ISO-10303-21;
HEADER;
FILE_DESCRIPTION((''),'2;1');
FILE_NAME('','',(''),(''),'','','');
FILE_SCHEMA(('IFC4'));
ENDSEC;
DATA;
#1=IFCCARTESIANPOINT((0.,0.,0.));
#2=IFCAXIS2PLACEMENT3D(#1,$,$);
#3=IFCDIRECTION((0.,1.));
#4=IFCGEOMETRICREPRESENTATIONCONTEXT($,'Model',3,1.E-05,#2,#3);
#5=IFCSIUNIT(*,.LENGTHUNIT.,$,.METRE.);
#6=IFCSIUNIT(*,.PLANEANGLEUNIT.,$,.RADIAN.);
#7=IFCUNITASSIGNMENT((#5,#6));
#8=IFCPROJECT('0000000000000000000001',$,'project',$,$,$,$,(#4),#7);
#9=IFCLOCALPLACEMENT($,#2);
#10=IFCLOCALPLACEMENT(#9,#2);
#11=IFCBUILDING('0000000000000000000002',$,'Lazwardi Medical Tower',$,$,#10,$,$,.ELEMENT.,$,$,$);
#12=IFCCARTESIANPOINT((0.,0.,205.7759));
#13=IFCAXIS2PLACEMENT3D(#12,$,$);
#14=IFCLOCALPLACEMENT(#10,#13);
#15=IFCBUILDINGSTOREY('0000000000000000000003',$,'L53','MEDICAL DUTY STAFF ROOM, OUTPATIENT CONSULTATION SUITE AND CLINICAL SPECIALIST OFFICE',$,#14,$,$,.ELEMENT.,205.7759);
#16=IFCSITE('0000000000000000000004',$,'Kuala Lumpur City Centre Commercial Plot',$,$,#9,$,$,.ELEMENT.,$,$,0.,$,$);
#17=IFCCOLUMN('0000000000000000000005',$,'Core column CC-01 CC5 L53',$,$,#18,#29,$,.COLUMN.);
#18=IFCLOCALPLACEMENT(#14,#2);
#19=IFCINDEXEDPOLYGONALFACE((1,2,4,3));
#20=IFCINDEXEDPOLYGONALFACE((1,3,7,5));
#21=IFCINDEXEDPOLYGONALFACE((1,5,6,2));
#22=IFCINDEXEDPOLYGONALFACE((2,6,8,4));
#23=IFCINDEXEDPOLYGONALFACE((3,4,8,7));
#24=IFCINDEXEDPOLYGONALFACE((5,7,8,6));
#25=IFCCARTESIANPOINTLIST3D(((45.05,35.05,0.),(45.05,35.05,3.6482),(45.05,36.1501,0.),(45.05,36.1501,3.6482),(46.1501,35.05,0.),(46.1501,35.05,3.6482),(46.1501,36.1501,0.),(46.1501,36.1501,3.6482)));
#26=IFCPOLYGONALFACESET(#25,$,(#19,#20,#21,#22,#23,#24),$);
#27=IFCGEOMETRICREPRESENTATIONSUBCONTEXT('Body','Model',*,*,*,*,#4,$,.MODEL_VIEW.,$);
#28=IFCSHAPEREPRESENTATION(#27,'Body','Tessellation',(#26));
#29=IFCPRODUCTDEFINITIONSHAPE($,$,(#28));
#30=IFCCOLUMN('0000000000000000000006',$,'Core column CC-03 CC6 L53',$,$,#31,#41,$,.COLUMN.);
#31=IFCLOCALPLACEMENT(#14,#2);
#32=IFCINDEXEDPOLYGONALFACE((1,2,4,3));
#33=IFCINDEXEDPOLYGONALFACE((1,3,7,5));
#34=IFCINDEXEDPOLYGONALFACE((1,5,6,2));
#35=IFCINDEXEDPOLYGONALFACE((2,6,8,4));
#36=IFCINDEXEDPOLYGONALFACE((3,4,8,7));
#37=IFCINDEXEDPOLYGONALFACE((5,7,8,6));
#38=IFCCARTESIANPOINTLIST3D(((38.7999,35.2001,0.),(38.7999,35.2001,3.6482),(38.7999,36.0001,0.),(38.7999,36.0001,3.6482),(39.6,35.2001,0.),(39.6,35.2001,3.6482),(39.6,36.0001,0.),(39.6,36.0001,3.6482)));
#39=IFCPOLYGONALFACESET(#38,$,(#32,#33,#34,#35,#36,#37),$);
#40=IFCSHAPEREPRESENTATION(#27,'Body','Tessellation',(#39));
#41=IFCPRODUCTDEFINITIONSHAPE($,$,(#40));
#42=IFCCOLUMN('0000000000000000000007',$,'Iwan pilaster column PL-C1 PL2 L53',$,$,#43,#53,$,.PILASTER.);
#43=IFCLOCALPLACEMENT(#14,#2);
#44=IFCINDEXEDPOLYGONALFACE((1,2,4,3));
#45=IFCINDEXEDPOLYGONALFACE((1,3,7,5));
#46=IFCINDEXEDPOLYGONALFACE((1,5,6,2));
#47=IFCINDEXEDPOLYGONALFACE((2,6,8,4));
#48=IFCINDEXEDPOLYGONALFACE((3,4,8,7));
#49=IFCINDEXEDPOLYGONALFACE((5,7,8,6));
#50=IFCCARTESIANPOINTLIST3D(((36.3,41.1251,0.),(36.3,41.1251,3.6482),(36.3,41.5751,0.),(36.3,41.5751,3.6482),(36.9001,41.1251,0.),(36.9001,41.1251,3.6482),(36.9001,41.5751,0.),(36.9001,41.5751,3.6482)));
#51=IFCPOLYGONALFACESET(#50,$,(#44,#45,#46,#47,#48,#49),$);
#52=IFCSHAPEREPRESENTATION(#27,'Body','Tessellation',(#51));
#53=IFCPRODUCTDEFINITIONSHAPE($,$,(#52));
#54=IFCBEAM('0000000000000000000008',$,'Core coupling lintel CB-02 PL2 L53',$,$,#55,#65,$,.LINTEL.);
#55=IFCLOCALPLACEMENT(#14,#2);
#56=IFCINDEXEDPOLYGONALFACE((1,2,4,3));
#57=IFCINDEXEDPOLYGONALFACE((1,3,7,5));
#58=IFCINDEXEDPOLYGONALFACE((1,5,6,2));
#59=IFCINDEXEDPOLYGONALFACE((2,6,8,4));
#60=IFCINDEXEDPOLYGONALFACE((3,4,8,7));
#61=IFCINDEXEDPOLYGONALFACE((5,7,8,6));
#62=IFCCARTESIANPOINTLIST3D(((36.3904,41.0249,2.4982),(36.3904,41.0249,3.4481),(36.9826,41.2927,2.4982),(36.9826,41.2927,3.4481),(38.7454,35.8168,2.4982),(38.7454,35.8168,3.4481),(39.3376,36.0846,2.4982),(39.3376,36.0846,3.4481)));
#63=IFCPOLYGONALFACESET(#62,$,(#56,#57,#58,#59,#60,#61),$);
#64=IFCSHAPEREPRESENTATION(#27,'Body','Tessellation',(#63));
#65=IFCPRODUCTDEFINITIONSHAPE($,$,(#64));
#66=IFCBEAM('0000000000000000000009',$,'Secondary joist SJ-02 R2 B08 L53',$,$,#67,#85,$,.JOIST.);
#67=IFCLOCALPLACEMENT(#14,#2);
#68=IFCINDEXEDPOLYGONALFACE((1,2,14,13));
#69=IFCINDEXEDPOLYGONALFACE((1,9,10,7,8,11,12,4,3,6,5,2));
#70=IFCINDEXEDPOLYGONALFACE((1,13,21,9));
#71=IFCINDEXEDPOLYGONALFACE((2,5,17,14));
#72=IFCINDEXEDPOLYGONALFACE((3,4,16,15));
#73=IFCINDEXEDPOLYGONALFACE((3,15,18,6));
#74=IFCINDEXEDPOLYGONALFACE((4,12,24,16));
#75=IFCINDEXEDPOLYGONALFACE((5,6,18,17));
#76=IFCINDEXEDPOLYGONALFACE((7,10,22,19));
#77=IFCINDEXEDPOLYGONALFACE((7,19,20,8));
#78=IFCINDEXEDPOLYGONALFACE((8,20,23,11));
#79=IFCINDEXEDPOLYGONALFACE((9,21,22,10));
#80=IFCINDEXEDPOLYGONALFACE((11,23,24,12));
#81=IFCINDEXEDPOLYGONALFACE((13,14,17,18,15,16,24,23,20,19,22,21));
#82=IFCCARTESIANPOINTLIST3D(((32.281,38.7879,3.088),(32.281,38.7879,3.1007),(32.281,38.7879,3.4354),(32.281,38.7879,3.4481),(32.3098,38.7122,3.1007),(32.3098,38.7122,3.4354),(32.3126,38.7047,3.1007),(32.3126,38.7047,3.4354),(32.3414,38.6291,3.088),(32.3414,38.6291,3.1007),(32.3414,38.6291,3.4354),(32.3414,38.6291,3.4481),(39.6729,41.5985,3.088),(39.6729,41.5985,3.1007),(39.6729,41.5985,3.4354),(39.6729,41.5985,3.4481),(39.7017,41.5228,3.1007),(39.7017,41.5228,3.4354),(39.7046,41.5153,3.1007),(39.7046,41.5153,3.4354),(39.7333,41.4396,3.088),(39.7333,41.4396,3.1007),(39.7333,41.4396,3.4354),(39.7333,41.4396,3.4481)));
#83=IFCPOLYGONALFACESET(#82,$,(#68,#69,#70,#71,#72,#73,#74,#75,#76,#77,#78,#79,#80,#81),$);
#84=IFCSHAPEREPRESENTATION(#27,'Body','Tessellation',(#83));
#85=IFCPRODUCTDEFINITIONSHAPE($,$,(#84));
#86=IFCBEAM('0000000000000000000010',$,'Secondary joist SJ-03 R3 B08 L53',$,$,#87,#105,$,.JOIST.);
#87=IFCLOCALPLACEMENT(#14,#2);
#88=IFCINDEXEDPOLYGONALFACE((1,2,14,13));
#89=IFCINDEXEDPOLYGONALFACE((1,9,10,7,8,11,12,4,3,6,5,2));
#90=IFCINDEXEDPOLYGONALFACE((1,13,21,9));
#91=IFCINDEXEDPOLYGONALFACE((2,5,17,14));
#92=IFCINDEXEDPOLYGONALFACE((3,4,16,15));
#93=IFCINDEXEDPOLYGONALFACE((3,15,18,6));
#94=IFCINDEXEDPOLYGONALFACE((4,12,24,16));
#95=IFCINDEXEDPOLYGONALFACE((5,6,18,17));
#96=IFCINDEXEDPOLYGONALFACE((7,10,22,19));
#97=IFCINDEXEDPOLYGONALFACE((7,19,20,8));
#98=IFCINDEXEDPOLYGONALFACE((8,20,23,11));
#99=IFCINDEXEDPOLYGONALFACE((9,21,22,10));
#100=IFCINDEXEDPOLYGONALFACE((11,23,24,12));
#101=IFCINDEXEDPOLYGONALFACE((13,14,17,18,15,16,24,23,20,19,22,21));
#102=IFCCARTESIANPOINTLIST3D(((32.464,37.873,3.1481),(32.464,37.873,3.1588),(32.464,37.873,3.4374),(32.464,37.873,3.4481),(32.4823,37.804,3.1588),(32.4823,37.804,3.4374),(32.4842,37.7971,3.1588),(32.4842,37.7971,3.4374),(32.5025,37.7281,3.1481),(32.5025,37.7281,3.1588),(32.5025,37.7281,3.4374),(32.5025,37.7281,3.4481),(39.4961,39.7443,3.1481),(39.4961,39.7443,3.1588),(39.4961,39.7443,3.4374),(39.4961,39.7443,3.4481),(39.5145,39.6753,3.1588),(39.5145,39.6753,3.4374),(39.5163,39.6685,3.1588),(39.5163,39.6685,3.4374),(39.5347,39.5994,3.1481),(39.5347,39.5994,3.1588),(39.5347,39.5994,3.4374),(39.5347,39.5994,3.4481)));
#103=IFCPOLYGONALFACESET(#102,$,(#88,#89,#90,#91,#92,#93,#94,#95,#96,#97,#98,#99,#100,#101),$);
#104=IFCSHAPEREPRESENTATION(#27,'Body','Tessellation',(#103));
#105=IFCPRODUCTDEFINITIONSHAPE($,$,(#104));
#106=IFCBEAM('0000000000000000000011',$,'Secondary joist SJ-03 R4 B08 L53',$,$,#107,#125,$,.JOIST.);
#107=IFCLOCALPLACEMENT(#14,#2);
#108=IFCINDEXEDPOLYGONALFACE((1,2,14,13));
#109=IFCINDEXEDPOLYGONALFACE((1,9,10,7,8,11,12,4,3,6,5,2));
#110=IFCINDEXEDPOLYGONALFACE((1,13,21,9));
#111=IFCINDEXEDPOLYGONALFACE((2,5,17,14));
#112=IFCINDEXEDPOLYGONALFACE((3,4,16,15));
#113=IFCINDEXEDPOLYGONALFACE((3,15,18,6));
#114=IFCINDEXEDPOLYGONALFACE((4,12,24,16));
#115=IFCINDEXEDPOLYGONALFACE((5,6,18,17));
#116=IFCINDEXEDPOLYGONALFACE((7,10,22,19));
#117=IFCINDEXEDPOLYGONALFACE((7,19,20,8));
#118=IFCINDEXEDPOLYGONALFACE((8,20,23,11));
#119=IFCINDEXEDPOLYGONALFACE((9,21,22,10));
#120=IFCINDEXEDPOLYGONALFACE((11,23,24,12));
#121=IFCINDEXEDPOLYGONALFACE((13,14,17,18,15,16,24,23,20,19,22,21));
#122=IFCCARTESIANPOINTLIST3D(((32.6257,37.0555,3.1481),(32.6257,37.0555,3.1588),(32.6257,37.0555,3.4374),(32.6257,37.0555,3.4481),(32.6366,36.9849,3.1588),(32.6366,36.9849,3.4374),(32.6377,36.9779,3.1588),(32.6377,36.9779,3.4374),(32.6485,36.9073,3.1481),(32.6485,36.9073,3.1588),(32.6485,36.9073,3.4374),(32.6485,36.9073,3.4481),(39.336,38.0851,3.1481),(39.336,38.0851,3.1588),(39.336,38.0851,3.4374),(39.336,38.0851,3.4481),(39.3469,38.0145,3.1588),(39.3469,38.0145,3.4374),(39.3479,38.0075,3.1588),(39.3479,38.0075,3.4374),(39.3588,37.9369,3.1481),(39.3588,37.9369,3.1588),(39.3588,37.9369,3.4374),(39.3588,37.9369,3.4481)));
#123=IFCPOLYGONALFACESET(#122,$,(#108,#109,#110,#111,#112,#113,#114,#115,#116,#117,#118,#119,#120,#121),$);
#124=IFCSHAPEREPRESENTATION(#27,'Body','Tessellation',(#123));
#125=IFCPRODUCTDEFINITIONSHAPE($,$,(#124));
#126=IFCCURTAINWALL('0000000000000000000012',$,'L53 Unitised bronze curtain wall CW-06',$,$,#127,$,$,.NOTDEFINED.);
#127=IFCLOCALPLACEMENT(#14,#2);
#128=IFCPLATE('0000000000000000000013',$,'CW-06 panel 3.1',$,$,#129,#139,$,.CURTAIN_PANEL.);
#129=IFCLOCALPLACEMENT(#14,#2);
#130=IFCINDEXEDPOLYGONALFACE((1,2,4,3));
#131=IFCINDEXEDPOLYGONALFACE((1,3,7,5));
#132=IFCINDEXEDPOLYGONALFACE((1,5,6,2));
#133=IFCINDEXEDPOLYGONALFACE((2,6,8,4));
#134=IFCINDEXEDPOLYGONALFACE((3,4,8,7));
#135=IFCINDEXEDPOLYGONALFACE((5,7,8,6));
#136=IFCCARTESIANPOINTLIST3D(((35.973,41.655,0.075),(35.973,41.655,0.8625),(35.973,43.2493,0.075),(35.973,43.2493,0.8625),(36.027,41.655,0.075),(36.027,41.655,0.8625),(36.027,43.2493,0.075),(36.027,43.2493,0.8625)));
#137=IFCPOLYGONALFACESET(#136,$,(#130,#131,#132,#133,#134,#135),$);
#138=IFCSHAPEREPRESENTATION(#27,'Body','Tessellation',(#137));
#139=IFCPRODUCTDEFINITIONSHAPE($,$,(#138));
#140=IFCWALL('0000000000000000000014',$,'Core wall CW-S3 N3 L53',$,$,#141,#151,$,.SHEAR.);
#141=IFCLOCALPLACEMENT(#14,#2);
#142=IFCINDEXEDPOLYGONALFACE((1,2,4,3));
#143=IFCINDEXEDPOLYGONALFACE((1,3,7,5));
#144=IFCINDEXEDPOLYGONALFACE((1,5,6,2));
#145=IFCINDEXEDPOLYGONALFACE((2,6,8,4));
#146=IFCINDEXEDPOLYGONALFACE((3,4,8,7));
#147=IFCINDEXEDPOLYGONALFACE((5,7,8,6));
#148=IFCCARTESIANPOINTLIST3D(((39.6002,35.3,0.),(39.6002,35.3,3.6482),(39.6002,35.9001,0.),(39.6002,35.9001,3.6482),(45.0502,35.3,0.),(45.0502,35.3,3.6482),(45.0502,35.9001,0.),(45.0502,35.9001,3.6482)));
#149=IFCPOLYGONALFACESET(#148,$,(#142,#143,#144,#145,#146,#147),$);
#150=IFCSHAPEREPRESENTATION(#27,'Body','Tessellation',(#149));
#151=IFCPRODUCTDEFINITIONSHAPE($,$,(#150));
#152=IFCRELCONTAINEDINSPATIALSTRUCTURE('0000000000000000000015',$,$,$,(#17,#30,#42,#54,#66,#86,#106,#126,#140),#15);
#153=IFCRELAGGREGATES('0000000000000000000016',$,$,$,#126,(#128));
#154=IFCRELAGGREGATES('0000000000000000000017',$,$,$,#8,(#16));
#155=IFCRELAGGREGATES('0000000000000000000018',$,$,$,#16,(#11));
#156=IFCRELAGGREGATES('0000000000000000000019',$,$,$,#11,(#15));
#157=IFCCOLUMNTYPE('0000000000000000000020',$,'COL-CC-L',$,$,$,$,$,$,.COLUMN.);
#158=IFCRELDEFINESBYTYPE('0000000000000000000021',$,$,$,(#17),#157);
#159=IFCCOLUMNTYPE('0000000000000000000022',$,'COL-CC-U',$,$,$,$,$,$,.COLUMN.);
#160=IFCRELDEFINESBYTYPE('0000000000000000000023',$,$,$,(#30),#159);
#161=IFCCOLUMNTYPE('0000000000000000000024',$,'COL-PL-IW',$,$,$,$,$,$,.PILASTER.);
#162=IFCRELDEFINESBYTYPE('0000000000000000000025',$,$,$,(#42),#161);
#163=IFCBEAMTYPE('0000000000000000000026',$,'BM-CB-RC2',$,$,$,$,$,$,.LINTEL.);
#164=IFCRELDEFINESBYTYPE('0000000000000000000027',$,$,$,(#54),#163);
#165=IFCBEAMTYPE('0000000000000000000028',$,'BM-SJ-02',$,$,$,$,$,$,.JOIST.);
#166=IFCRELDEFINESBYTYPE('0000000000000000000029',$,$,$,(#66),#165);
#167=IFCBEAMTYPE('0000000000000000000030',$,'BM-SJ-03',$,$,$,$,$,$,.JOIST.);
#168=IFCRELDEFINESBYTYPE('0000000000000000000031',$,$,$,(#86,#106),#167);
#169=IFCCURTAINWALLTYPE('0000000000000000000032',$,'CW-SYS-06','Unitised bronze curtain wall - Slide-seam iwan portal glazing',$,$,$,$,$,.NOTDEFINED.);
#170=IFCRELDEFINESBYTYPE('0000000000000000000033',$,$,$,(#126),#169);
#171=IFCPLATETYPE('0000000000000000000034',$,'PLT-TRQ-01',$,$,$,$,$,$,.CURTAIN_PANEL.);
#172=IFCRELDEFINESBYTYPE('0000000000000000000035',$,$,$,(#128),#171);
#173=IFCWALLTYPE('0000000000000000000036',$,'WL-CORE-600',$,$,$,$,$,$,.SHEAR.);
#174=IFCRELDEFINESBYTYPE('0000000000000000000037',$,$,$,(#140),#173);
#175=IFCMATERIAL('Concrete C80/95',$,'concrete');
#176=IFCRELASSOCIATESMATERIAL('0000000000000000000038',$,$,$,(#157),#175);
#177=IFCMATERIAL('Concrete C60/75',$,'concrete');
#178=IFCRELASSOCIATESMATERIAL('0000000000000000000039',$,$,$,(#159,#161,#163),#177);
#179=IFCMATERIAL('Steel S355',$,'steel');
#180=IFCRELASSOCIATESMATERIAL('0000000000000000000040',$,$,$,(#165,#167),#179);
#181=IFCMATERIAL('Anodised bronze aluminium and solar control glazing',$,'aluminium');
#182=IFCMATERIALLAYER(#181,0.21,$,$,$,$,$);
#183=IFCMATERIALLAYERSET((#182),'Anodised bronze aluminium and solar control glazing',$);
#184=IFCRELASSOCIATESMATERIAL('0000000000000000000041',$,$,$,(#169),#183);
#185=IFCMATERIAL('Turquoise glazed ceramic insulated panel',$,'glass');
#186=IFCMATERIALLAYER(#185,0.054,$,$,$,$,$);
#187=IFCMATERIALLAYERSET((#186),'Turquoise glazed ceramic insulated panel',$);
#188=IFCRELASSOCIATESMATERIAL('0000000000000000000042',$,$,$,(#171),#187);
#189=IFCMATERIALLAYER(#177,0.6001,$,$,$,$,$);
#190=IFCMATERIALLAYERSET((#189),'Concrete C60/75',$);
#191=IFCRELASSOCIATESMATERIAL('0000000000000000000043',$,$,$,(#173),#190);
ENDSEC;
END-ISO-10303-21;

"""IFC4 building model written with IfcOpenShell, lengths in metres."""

from ifc_helpers import new_model, si_unit, direction, frame, frame_2d, origin, origin_2d, place, context, subcontext, project, spatial, rectangle, i_section, extrude, material, layer, layer_set, material_profile, profile_set, type_object, element, aggregate, save


model = new_model("IFC4")

# Units and contexts
model_context = context("Model", 3, precision=1e-05, world=origin(), true_north=direction((0.0, 1.0)))
body_context = subcontext(model_context, "Body", "Model", "MODEL_VIEW")
ifc_project = project(units=[si_unit("LENGTHUNIT", "METRE"), si_unit("PLANEANGLEUNIT", "RADIAN")], contexts=[model_context])

# Site, building, storey
site_placement = place(None, origin())
site = spatial("IfcSite", under=ifc_project, at=site_placement, Name="Kuala Lumpur City Centre Commercial Plot", CompositionType="ELEMENT", RefElevation=0.0)
building_placement = place(site_placement, origin())
building = spatial("IfcBuilding", under=site, at=building_placement, Name="Lazwardi Medical Tower", CompositionType="ELEMENT")
storey_placement = place(building_placement, frame((0.0, 0.0, 205.7759)))
storey = spatial("IfcBuildingStorey", under=building, at=storey_placement, Name="L53", Description="MEDICAL DUTY STAFF ROOM, OUTPATIENT CONSULTATION SUITE AND CLINICAL SPECIALIST OFFICE", CompositionType="ELEMENT", Elevation=205.7759)

# Columns
ifc_material_1 = material(Name="Concrete C80/95", Category="concrete")
ifc_material_profile_1 = material_profile(ifc_material_1, rectangle(XDim=1.1001, YDim=1.1001, at=origin_2d()), Name="RC 1100x1100")
ifc_profile_set_1 = profile_set([ifc_material_profile_1], Name="Concrete C80/95")
column_type_1 = type_object("IfcColumnType", Name="COL-CC-L", PredefinedType="COLUMN", material=ifc_profile_set_1)
column_1_placement = place(storey_placement, frame((45.6001, 35.6001, 0.0), z_axis=(0.0, 0.0, 1.0), x_axis=(1.0, 0.0, 0.0)))
element("IfcColumn", 1, at=column_1_placement, inside=storey, type_object=column_type_1, Name="Core column CC-01 CC5 L53", PredefinedType="COLUMN", context=body_context, shape_type="SweptSolid", body=[
    extrude(rectangle(XDim=1.1001, YDim=1.1001, at=origin_2d()), origin(), (0.0, 0.0, 1.0), 3.6482),
])
ifc_material_2 = material(Name="Concrete C60/75", Category="concrete")
ifc_material_profile_2 = material_profile(ifc_material_2, rectangle(XDim=0.8, YDim=0.8, at=origin_2d()), Name="RC 800x800")
ifc_profile_set_2 = profile_set([ifc_material_profile_2], Name="Concrete C60/75")
column_type_2 = type_object("IfcColumnType", Name="COL-CC-U", PredefinedType="COLUMN", material=ifc_profile_set_2)
column_2_placement = place(storey_placement, frame((39.2, 35.6001, 0.0), z_axis=(0.0, 0.0, 1.0), x_axis=(1.0, 0.0, 0.0)))
element("IfcColumn", 2, at=column_2_placement, inside=storey, type_object=column_type_2, Name="Core column CC-03 CC6 L53", PredefinedType="COLUMN", context=body_context, shape_type="SweptSolid", body=[
    extrude(rectangle(XDim=0.8, YDim=0.8, at=origin_2d()), origin(), (0.0, 0.0, 1.0), 3.6482),
])
ifc_material_profile_3 = material_profile(ifc_material_2, rectangle(XDim=0.6001, YDim=0.45, at=origin_2d()), Name="RC 600x450")
ifc_profile_set_3 = profile_set([ifc_material_profile_3], Name="Concrete C60/75")
column_type_3 = type_object("IfcColumnType", Name="COL-PL-IW", PredefinedType="PILASTER", material=ifc_profile_set_3)
column_3_placement = place(storey_placement, frame((36.6001, 41.3501, 0.0), z_axis=(0.0, 0.0, 1.0), x_axis=(1.0, 0.0, 0.0)))
element("IfcColumn", 3, at=column_3_placement, inside=storey, type_object=column_type_3, Name="Iwan pilaster column PL-C1 PL2 L53", PredefinedType="PILASTER", context=body_context, shape_type="SweptSolid", body=[
    extrude(rectangle(XDim=0.6001, YDim=0.45, at=origin_2d()), origin(), (0.0, 0.0, 1.0), 3.6482),
])

# Beams
ifc_material_profile_4 = material_profile(ifc_material_2, rectangle(XDim=0.6499, YDim=0.95, at=origin_2d()), Name="RC 650x950")
ifc_profile_set_4 = profile_set([ifc_material_profile_4], Name="Concrete C60/75")
beam_type_1 = type_object("IfcBeamType", Name="BM-CB-RC2", PredefinedType="LINTEL", material=ifc_profile_set_4)
beam_1_placement = place(storey_placement, frame((39.0415, 35.9507, 2.9731), z_axis=(-0.412019, 0.911175, 0.0), x_axis=(-0.911175, -0.412019, 0.0)))
element("IfcBeam", 4, at=beam_1_placement, inside=storey, type_object=beam_type_1, Name="Core coupling lintel CB-02 PL2 L53", PredefinedType="LINTEL", context=body_context, shape_type="SweptSolid", body=[
    extrude(rectangle(XDim=0.6499, YDim=0.95, at=origin_2d()), origin(), (0.0, 0.0, 1.0), 5.7158),
])
ifc_material_3 = material(Name="Steel S355", Category="steel")
ifc_material_profile_5 = material_profile(ifc_material_3, i_section(OverallWidth=0.1699, OverallDepth=0.3601, WebThickness=0.0081, FlangeThickness=0.0127, at=origin_2d()), Name="IPE 360")
ifc_profile_set_5 = profile_set([ifc_material_profile_5], Name="Steel S355")
beam_type_2 = type_object("IfcBeamType", Name="BM-SJ-02", PredefinedType="JOIST", material=ifc_profile_set_5)
beam_2_placement = place(storey_placement, frame((39.7031, 41.519, 3.2681), z_axis=(-0.934714, -0.3554, 0.0), x_axis=(0.3554, -0.934714, 0.0)))
element("IfcBeam", 5, at=beam_2_placement, inside=storey, type_object=beam_type_2, Name="Secondary joist SJ-02 R2 B08 L53", PredefinedType="JOIST", context=body_context, shape_type="SweptSolid", body=[
    extrude(i_section(OverallWidth=0.1699, OverallDepth=0.3601, WebThickness=0.0081, FlangeThickness=0.0127, at=origin_2d()), origin(), (0.0, 0.0, 1.0), 7.9082),
])
ifc_material_profile_6 = material_profile(ifc_material_3, i_section(OverallWidth=0.1499, OverallDepth=0.3, WebThickness=0.0071, FlangeThickness=0.0107, at=origin_2d()), Name="IPE 300")
ifc_profile_set_6 = profile_set([ifc_material_profile_6], Name="Steel S355")
beam_type_3 = type_object("IfcBeamType", Name="BM-SJ-03", PredefinedType="JOIST", material=ifc_profile_set_6)
beam_3_placement = place(storey_placement, frame((39.5154, 39.6719, 3.2981), z_axis=(-0.966369, -0.257159, 0.0), x_axis=(0.257159, -0.966369, 0.0)))
element("IfcBeam", 6, at=beam_3_placement, inside=storey, type_object=beam_type_3, Name="Secondary joist SJ-03 R3 B08 L53", PredefinedType="JOIST", context=body_context, shape_type="SweptSolid", body=[
    extrude(i_section(OverallWidth=0.1499, OverallDepth=0.3, WebThickness=0.0071, FlangeThickness=0.0107, at=origin_2d()), origin(), (0.0, 0.0, 1.0), 7.2769),
])
beam_4_placement = place(storey_placement, frame((39.3474, 38.011, 3.2981), z_axis=(-0.988434, -0.151655, 0.0), x_axis=(0.151655, -0.988434, 0.0)))
element("IfcBeam", 7, at=beam_4_placement, inside=storey, type_object=beam_type_3, Name="Secondary joist SJ-03 R4 B08 L53", PredefinedType="JOIST", context=body_context, shape_type="SweptSolid", body=[
    extrude(i_section(OverallWidth=0.1499, OverallDepth=0.3, WebThickness=0.0071, FlangeThickness=0.0107, at=origin_2d()), origin(), (0.0, 0.0, 1.0), 6.7888),
])

# Curtain wall, plate
ifc_material_4 = material(Name="Anodised bronze aluminium and solar control glazing", Category="aluminium")
ifc_layer_1 = layer(ifc_material_4, 0.21)
ifc_layer_set_1 = layer_set([ifc_layer_1], Name="Anodised bronze aluminium and solar control glazing")
curtain_wall_type = type_object("IfcCurtainWallType", Name="CW-SYS-06", Description="Unitised bronze curtain wall - Slide-seam iwan portal glazing", PredefinedType="NOTDEFINED", material=ifc_layer_set_1)
curtain_wall_placement = place(storey_placement, origin())
curtain_wall = element("IfcCurtainWall", 8, at=curtain_wall_placement, inside=storey, type_object=curtain_wall_type, Name="L53 Unitised bronze curtain wall CW-06", PredefinedType="NOTDEFINED")
ifc_material_5 = material(Name="Turquoise glazed ceramic insulated panel", Category="glass")
ifc_layer_2 = layer(ifc_material_5, 0.054)
ifc_layer_set_2 = layer_set([ifc_layer_2], Name="Turquoise glazed ceramic insulated panel")
plate_type = type_object("IfcPlateType", Name="PLT-TRQ-01", PredefinedType="CURTAIN_PANEL", material=ifc_layer_set_2)
plate_placement = place(storey_placement, frame((36.0, 42.4521, 0.075), z_axis=(0.0, 0.0, 1.0), x_axis=(0.0, -1.0, 0.0)))
plate = element("IfcPlate", 9, at=plate_placement, type_object=plate_type, Name="CW-06 panel 3.1", PredefinedType="CURTAIN_PANEL", context=body_context, shape_type="SweptSolid", body=[
    extrude(rectangle(XDim=1.5942, YDim=0.054, at=origin_2d()), origin(), (0.0, 0.0, 1.0), 0.7876),
])
aggregate(curtain_wall, [plate])

# Wall
ifc_layer_3 = layer(ifc_material_2, 0.6001)
ifc_layer_set_3 = layer_set([ifc_layer_3], Name="Concrete C60/75")
wall_type_1 = type_object("IfcWallType", Name="WL-CORE-600", PredefinedType="SHEAR", material=ifc_layer_set_3)
wall_1_placement = place(storey_placement, frame((39.6001, 35.6001, 0.0), z_axis=(0.0, 0.0, 1.0), x_axis=(1.0, 0.0, 0.0)))
element("IfcWall", 10, at=wall_1_placement, inside=storey, type_object=wall_type_1, Name="Core wall CW-S3 N3 L53", PredefinedType="SHEAR", context=body_context, shape_type="SweptSolid", body=[
    extrude(rectangle(XDim=5.45, YDim=0.6001, at=frame_2d((2.7251, 0.0))), origin(), (0.0, 0.0, 1.0), 3.6482),
])

save(model, "model.ifc")
